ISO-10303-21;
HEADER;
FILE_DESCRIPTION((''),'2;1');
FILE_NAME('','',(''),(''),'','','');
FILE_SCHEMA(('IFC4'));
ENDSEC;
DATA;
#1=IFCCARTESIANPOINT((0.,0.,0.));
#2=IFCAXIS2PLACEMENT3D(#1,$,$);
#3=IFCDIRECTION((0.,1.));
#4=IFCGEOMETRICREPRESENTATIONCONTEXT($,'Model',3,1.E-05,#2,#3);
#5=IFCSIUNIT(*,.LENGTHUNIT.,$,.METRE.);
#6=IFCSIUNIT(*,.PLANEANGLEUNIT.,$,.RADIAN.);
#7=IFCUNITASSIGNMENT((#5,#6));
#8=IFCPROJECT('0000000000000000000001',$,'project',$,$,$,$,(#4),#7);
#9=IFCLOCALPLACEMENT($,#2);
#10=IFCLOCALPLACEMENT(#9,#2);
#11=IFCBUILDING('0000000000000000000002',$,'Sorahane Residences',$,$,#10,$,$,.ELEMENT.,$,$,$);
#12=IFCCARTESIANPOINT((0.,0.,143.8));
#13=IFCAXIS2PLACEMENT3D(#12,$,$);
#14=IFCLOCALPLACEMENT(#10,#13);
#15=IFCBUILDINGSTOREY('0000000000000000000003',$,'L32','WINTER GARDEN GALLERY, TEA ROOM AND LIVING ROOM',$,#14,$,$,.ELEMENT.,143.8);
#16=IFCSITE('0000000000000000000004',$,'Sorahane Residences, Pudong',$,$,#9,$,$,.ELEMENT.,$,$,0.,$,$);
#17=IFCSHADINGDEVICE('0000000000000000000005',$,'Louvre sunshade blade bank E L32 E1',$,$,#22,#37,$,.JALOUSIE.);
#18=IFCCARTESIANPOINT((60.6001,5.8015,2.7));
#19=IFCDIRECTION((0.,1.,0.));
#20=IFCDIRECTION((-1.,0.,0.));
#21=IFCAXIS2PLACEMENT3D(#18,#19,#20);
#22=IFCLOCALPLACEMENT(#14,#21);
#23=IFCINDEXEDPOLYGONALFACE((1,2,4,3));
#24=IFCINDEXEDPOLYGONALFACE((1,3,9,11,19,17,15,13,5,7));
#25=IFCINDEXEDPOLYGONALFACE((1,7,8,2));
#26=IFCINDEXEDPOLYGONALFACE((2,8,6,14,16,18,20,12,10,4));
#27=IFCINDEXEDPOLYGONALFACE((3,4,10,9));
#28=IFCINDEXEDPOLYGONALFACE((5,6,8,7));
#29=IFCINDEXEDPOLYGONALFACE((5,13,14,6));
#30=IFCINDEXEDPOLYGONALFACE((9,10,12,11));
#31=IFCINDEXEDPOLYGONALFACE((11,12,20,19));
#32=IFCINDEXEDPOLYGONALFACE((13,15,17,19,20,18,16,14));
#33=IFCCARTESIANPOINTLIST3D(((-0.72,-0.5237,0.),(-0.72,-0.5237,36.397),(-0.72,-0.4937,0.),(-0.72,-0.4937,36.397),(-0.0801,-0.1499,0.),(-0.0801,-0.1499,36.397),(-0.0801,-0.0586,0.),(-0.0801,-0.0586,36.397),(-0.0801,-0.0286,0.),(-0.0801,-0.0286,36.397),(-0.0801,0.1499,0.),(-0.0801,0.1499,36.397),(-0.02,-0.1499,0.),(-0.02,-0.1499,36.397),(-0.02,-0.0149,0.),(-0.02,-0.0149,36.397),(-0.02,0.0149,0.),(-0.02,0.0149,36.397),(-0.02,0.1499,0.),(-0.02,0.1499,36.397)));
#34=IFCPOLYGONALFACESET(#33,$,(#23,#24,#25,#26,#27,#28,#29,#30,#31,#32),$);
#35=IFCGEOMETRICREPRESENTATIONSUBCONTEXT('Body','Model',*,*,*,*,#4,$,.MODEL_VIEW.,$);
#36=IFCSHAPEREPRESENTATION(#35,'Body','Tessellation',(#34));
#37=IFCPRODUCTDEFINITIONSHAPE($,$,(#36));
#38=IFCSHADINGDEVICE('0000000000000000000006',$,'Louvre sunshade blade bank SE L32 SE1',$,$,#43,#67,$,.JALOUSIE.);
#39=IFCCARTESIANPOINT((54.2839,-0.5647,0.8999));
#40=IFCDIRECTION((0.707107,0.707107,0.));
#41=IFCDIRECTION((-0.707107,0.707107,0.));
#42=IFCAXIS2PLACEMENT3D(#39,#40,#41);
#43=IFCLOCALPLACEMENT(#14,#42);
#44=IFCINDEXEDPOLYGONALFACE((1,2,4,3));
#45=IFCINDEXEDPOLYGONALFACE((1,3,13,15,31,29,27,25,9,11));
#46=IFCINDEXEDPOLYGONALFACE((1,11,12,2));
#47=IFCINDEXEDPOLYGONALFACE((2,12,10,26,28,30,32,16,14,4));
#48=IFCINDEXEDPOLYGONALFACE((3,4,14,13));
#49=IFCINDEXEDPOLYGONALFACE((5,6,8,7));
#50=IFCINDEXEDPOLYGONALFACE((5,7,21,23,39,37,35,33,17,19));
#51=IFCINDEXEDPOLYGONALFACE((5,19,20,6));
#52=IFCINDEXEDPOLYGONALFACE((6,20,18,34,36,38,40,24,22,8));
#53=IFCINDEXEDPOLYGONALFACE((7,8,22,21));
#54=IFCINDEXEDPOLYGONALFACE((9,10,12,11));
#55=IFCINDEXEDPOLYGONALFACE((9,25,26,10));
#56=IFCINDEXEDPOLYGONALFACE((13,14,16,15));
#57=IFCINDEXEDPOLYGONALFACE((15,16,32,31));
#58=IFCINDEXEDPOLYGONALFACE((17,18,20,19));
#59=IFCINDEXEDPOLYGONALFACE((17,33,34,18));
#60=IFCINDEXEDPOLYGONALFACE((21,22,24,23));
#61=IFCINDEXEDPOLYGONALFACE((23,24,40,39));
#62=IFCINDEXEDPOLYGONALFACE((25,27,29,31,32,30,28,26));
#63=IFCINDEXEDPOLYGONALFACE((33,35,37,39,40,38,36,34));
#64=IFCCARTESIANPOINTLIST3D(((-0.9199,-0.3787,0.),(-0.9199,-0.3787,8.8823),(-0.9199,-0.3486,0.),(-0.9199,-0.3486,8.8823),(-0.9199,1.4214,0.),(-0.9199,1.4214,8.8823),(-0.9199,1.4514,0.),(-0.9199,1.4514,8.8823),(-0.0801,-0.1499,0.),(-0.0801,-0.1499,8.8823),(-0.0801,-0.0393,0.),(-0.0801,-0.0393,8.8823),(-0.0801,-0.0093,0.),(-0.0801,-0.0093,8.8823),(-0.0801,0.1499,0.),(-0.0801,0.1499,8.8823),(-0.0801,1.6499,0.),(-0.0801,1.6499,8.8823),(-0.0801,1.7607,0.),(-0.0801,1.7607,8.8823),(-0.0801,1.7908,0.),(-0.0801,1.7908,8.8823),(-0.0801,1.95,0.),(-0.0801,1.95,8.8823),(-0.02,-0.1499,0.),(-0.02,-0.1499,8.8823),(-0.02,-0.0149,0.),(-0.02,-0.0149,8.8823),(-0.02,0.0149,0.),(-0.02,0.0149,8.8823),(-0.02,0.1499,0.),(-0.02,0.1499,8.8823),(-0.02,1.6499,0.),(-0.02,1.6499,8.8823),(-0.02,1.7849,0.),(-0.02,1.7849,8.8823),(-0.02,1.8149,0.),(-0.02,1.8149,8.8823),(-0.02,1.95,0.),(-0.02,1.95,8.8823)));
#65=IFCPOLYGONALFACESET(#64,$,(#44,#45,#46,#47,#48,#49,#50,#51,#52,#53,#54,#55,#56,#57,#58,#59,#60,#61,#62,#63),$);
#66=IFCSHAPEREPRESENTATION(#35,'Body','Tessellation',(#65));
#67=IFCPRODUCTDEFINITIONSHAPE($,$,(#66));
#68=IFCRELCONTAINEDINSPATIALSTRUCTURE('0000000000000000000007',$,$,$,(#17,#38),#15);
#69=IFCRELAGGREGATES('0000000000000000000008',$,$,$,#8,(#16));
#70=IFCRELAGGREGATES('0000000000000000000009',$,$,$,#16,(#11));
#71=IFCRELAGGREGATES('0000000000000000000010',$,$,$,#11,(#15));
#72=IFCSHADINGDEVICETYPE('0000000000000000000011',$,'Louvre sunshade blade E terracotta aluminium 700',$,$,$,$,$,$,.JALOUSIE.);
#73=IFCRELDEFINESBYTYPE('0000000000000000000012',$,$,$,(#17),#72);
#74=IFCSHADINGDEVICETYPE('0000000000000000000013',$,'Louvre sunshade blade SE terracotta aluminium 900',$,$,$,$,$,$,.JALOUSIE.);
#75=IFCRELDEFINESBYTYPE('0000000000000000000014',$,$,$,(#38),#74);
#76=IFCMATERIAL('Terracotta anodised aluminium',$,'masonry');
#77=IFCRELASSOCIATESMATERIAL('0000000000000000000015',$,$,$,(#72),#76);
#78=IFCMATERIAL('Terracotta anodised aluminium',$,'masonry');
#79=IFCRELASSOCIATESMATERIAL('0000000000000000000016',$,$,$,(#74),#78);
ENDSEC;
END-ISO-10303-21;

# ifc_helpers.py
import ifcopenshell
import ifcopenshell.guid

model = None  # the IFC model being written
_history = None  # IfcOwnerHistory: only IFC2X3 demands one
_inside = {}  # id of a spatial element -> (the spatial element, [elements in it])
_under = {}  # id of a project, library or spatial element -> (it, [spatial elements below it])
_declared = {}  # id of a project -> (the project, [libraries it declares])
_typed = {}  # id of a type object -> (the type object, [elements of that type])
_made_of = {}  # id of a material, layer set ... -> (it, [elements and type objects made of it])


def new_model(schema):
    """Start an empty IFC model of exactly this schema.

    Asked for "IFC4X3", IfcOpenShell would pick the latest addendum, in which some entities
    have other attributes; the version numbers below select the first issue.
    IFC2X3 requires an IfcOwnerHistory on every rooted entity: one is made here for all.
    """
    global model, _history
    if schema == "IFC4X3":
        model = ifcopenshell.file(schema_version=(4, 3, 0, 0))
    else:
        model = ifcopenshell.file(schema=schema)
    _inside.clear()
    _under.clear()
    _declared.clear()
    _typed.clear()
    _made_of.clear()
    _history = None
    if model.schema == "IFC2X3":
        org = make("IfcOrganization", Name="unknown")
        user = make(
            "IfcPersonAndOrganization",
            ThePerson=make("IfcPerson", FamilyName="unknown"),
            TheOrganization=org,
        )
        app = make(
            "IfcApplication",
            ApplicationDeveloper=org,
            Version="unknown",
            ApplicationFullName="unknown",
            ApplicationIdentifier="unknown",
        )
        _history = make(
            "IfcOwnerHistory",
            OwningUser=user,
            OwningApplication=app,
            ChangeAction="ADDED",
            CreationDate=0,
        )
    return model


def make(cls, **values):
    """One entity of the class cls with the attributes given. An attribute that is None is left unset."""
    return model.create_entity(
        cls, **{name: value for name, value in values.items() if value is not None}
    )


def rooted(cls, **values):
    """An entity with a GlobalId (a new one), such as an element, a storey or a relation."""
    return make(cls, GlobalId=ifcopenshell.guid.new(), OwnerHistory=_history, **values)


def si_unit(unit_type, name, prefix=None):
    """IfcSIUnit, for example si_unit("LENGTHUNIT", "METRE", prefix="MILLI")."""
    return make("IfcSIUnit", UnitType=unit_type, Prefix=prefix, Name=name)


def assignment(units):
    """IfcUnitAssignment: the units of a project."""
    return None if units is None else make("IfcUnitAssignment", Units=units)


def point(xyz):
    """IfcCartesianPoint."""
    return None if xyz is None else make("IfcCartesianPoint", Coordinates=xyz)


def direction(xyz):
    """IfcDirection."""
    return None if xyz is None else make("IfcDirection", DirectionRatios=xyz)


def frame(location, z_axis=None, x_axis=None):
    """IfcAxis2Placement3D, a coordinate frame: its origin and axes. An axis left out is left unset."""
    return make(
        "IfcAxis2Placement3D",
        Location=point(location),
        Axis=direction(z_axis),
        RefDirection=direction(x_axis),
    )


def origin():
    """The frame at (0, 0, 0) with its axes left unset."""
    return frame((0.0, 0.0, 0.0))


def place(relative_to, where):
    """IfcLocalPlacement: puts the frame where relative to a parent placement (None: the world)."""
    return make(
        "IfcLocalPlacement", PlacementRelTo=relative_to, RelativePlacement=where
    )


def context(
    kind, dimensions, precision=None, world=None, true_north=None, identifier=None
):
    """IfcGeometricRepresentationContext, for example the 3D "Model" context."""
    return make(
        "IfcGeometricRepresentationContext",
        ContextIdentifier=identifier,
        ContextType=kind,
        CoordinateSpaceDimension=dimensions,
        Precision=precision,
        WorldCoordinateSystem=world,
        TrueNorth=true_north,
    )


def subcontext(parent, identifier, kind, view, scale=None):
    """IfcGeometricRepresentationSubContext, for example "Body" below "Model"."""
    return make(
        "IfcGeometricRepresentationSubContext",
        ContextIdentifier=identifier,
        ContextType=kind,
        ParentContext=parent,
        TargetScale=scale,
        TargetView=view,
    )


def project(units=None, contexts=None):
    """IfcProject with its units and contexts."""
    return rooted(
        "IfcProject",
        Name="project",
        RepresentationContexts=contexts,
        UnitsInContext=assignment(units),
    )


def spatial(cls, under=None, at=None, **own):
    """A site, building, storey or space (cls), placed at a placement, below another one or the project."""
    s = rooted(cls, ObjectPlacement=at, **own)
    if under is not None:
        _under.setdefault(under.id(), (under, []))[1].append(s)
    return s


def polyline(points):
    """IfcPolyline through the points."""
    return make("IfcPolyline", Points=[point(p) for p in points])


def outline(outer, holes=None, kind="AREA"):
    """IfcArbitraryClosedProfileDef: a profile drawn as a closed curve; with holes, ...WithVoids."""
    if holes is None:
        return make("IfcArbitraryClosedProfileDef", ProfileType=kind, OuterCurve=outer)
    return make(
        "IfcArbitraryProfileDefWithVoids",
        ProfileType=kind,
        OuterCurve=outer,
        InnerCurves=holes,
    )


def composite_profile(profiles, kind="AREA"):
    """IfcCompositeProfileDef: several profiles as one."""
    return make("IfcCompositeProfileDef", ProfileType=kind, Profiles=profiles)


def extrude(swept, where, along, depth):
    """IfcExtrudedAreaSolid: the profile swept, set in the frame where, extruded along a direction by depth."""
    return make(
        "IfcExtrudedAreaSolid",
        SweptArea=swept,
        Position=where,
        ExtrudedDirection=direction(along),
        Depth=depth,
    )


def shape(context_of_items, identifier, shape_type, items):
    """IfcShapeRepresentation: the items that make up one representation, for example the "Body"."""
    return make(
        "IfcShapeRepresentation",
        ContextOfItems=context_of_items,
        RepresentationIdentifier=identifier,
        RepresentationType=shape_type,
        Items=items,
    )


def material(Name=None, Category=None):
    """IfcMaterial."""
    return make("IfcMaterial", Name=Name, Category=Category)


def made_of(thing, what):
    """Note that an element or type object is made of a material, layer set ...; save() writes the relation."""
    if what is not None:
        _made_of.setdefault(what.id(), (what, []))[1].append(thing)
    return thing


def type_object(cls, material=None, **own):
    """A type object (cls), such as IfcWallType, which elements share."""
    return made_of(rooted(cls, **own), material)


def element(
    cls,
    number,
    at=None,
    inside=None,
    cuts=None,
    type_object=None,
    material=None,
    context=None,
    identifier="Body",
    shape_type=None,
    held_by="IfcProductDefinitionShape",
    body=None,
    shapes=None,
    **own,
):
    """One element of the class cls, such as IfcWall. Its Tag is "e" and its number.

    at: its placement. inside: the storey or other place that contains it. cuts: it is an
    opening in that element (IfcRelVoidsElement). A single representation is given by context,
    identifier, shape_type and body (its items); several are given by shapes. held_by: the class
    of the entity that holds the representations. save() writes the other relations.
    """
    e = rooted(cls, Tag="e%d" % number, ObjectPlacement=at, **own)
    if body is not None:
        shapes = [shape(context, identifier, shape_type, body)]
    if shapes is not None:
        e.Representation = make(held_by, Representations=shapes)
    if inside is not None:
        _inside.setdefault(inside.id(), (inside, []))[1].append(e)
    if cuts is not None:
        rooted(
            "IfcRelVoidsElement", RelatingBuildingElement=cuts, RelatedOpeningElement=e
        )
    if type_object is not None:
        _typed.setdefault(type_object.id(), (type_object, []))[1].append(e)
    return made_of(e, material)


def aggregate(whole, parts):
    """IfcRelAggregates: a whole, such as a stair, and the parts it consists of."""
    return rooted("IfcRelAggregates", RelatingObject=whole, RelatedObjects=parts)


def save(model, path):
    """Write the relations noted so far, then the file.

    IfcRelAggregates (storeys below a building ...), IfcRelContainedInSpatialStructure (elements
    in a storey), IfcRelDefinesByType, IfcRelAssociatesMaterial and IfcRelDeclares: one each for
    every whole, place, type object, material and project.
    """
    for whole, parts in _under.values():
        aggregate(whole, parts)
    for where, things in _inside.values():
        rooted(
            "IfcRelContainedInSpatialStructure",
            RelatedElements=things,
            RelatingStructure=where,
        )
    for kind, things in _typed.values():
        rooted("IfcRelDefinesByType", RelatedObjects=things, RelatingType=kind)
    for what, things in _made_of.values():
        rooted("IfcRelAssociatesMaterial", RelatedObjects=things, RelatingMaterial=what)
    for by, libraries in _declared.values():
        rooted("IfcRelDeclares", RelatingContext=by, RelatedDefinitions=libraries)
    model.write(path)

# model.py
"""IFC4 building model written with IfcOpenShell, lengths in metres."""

from ifc_helpers import new_model, si_unit, direction, frame, origin, place, context, subcontext, project, spatial, polyline, outline, composite_profile, extrude, material, type_object, element, save


model = new_model("IFC4")

# Units and contexts
model_context = context("Model", 3, precision=1e-05, world=origin(), true_north=direction((0.0, 1.0)))
body_context = subcontext(model_context, "Body", "Model", "MODEL_VIEW")
ifc_project = project(units=[si_unit("LENGTHUNIT", "METRE"), si_unit("PLANEANGLEUNIT", "RADIAN")], contexts=[model_context])

# Site, building, storey
site_placement = place(None, origin())
site = spatial("IfcSite", under=ifc_project, at=site_placement, Name="Sorahane Residences, Pudong", CompositionType="ELEMENT", RefElevation=0.0)
building_placement = place(site_placement, origin())
building = spatial("IfcBuilding", under=site, at=building_placement, Name="Sorahane Residences", CompositionType="ELEMENT")
storey_placement = place(building_placement, frame((0.0, 0.0, 143.8)))
storey = spatial("IfcBuildingStorey", under=building, at=storey_placement, Name="L32", Description="WINTER GARDEN GALLERY, TEA ROOM AND LIVING ROOM", CompositionType="ELEMENT", Elevation=143.8)

# Shading devices
ifc_material_1 = material(Name="Terracotta anodised aluminium", Category="masonry")
shading_device_type_1 = type_object("IfcShadingDeviceType", Name="Louvre sunshade blade E terracotta aluminium 700", PredefinedType="JALOUSIE", material=ifc_material_1)
shading_device_1_placement = place(storey_placement, frame((60.6001, 5.8015, 2.7), z_axis=(0.0, 1.0, 0.0), x_axis=(-1.0, 0.0, 0.0)))
element("IfcShadingDevice", 1, at=shading_device_1_placement, inside=storey, type_object=shading_device_type_1, Name="Louvre sunshade blade bank E L32 E1", PredefinedType="JALOUSIE", context=body_context, shape_type="SweptSolid", body=[
    extrude(outline(polyline([(-0.72, -0.4937), (-0.72, -0.5237), (-0.0801, -0.0586), (-0.0801, -0.1499), (-0.02, -0.1499), (-0.02, -0.0149), (-0.02, 0.0149), (-0.02, 0.1499), (-0.0801, 0.1499), (-0.0801, -0.0286), (-0.72, -0.4937)])), origin(), (0.0, 0.0, 1.0), 36.397),
])
ifc_material_2 = material(Name="Terracotta anodised aluminium", Category="masonry")
shading_device_type_2 = type_object("IfcShadingDeviceType", Name="Louvre sunshade blade SE terracotta aluminium 900", PredefinedType="JALOUSIE", material=ifc_material_2)
shading_device_2_placement = place(storey_placement, frame((54.2839, -0.5647, 0.8999), z_axis=(0.707107, 0.707107, 0.0), x_axis=(-0.707107, 0.707107, 0.0)))
element("IfcShadingDevice", 2, at=shading_device_2_placement, inside=storey, type_object=shading_device_type_2, Name="Louvre sunshade blade bank SE L32 SE1", PredefinedType="JALOUSIE", context=body_context, shape_type="SweptSolid", body=[
    extrude(composite_profile([outline(polyline([(-0.9199, -0.3486), (-0.9199, -0.3787), (-0.0801, -0.0393), (-0.0801, -0.1499), (-0.02, -0.1499), (-0.02, -0.0149), (-0.02, 0.0149), (-0.02, 0.1499), (-0.0801, 0.1499), (-0.0801, -0.0093), (-0.9199, -0.3486)])), outline(polyline([(-0.9199, 1.4514), (-0.9199, 1.4214), (-0.0801, 1.7607), (-0.0801, 1.6499), (-0.02, 1.6499), (-0.02, 1.7849), (-0.02, 1.8149), (-0.02, 1.95), (-0.0801, 1.95), (-0.0801, 1.7908), (-0.9199, 1.4514)]))]), origin(), (0.0, 0.0, 1.0), 8.8823),
])

save(model, "model.ifc")
